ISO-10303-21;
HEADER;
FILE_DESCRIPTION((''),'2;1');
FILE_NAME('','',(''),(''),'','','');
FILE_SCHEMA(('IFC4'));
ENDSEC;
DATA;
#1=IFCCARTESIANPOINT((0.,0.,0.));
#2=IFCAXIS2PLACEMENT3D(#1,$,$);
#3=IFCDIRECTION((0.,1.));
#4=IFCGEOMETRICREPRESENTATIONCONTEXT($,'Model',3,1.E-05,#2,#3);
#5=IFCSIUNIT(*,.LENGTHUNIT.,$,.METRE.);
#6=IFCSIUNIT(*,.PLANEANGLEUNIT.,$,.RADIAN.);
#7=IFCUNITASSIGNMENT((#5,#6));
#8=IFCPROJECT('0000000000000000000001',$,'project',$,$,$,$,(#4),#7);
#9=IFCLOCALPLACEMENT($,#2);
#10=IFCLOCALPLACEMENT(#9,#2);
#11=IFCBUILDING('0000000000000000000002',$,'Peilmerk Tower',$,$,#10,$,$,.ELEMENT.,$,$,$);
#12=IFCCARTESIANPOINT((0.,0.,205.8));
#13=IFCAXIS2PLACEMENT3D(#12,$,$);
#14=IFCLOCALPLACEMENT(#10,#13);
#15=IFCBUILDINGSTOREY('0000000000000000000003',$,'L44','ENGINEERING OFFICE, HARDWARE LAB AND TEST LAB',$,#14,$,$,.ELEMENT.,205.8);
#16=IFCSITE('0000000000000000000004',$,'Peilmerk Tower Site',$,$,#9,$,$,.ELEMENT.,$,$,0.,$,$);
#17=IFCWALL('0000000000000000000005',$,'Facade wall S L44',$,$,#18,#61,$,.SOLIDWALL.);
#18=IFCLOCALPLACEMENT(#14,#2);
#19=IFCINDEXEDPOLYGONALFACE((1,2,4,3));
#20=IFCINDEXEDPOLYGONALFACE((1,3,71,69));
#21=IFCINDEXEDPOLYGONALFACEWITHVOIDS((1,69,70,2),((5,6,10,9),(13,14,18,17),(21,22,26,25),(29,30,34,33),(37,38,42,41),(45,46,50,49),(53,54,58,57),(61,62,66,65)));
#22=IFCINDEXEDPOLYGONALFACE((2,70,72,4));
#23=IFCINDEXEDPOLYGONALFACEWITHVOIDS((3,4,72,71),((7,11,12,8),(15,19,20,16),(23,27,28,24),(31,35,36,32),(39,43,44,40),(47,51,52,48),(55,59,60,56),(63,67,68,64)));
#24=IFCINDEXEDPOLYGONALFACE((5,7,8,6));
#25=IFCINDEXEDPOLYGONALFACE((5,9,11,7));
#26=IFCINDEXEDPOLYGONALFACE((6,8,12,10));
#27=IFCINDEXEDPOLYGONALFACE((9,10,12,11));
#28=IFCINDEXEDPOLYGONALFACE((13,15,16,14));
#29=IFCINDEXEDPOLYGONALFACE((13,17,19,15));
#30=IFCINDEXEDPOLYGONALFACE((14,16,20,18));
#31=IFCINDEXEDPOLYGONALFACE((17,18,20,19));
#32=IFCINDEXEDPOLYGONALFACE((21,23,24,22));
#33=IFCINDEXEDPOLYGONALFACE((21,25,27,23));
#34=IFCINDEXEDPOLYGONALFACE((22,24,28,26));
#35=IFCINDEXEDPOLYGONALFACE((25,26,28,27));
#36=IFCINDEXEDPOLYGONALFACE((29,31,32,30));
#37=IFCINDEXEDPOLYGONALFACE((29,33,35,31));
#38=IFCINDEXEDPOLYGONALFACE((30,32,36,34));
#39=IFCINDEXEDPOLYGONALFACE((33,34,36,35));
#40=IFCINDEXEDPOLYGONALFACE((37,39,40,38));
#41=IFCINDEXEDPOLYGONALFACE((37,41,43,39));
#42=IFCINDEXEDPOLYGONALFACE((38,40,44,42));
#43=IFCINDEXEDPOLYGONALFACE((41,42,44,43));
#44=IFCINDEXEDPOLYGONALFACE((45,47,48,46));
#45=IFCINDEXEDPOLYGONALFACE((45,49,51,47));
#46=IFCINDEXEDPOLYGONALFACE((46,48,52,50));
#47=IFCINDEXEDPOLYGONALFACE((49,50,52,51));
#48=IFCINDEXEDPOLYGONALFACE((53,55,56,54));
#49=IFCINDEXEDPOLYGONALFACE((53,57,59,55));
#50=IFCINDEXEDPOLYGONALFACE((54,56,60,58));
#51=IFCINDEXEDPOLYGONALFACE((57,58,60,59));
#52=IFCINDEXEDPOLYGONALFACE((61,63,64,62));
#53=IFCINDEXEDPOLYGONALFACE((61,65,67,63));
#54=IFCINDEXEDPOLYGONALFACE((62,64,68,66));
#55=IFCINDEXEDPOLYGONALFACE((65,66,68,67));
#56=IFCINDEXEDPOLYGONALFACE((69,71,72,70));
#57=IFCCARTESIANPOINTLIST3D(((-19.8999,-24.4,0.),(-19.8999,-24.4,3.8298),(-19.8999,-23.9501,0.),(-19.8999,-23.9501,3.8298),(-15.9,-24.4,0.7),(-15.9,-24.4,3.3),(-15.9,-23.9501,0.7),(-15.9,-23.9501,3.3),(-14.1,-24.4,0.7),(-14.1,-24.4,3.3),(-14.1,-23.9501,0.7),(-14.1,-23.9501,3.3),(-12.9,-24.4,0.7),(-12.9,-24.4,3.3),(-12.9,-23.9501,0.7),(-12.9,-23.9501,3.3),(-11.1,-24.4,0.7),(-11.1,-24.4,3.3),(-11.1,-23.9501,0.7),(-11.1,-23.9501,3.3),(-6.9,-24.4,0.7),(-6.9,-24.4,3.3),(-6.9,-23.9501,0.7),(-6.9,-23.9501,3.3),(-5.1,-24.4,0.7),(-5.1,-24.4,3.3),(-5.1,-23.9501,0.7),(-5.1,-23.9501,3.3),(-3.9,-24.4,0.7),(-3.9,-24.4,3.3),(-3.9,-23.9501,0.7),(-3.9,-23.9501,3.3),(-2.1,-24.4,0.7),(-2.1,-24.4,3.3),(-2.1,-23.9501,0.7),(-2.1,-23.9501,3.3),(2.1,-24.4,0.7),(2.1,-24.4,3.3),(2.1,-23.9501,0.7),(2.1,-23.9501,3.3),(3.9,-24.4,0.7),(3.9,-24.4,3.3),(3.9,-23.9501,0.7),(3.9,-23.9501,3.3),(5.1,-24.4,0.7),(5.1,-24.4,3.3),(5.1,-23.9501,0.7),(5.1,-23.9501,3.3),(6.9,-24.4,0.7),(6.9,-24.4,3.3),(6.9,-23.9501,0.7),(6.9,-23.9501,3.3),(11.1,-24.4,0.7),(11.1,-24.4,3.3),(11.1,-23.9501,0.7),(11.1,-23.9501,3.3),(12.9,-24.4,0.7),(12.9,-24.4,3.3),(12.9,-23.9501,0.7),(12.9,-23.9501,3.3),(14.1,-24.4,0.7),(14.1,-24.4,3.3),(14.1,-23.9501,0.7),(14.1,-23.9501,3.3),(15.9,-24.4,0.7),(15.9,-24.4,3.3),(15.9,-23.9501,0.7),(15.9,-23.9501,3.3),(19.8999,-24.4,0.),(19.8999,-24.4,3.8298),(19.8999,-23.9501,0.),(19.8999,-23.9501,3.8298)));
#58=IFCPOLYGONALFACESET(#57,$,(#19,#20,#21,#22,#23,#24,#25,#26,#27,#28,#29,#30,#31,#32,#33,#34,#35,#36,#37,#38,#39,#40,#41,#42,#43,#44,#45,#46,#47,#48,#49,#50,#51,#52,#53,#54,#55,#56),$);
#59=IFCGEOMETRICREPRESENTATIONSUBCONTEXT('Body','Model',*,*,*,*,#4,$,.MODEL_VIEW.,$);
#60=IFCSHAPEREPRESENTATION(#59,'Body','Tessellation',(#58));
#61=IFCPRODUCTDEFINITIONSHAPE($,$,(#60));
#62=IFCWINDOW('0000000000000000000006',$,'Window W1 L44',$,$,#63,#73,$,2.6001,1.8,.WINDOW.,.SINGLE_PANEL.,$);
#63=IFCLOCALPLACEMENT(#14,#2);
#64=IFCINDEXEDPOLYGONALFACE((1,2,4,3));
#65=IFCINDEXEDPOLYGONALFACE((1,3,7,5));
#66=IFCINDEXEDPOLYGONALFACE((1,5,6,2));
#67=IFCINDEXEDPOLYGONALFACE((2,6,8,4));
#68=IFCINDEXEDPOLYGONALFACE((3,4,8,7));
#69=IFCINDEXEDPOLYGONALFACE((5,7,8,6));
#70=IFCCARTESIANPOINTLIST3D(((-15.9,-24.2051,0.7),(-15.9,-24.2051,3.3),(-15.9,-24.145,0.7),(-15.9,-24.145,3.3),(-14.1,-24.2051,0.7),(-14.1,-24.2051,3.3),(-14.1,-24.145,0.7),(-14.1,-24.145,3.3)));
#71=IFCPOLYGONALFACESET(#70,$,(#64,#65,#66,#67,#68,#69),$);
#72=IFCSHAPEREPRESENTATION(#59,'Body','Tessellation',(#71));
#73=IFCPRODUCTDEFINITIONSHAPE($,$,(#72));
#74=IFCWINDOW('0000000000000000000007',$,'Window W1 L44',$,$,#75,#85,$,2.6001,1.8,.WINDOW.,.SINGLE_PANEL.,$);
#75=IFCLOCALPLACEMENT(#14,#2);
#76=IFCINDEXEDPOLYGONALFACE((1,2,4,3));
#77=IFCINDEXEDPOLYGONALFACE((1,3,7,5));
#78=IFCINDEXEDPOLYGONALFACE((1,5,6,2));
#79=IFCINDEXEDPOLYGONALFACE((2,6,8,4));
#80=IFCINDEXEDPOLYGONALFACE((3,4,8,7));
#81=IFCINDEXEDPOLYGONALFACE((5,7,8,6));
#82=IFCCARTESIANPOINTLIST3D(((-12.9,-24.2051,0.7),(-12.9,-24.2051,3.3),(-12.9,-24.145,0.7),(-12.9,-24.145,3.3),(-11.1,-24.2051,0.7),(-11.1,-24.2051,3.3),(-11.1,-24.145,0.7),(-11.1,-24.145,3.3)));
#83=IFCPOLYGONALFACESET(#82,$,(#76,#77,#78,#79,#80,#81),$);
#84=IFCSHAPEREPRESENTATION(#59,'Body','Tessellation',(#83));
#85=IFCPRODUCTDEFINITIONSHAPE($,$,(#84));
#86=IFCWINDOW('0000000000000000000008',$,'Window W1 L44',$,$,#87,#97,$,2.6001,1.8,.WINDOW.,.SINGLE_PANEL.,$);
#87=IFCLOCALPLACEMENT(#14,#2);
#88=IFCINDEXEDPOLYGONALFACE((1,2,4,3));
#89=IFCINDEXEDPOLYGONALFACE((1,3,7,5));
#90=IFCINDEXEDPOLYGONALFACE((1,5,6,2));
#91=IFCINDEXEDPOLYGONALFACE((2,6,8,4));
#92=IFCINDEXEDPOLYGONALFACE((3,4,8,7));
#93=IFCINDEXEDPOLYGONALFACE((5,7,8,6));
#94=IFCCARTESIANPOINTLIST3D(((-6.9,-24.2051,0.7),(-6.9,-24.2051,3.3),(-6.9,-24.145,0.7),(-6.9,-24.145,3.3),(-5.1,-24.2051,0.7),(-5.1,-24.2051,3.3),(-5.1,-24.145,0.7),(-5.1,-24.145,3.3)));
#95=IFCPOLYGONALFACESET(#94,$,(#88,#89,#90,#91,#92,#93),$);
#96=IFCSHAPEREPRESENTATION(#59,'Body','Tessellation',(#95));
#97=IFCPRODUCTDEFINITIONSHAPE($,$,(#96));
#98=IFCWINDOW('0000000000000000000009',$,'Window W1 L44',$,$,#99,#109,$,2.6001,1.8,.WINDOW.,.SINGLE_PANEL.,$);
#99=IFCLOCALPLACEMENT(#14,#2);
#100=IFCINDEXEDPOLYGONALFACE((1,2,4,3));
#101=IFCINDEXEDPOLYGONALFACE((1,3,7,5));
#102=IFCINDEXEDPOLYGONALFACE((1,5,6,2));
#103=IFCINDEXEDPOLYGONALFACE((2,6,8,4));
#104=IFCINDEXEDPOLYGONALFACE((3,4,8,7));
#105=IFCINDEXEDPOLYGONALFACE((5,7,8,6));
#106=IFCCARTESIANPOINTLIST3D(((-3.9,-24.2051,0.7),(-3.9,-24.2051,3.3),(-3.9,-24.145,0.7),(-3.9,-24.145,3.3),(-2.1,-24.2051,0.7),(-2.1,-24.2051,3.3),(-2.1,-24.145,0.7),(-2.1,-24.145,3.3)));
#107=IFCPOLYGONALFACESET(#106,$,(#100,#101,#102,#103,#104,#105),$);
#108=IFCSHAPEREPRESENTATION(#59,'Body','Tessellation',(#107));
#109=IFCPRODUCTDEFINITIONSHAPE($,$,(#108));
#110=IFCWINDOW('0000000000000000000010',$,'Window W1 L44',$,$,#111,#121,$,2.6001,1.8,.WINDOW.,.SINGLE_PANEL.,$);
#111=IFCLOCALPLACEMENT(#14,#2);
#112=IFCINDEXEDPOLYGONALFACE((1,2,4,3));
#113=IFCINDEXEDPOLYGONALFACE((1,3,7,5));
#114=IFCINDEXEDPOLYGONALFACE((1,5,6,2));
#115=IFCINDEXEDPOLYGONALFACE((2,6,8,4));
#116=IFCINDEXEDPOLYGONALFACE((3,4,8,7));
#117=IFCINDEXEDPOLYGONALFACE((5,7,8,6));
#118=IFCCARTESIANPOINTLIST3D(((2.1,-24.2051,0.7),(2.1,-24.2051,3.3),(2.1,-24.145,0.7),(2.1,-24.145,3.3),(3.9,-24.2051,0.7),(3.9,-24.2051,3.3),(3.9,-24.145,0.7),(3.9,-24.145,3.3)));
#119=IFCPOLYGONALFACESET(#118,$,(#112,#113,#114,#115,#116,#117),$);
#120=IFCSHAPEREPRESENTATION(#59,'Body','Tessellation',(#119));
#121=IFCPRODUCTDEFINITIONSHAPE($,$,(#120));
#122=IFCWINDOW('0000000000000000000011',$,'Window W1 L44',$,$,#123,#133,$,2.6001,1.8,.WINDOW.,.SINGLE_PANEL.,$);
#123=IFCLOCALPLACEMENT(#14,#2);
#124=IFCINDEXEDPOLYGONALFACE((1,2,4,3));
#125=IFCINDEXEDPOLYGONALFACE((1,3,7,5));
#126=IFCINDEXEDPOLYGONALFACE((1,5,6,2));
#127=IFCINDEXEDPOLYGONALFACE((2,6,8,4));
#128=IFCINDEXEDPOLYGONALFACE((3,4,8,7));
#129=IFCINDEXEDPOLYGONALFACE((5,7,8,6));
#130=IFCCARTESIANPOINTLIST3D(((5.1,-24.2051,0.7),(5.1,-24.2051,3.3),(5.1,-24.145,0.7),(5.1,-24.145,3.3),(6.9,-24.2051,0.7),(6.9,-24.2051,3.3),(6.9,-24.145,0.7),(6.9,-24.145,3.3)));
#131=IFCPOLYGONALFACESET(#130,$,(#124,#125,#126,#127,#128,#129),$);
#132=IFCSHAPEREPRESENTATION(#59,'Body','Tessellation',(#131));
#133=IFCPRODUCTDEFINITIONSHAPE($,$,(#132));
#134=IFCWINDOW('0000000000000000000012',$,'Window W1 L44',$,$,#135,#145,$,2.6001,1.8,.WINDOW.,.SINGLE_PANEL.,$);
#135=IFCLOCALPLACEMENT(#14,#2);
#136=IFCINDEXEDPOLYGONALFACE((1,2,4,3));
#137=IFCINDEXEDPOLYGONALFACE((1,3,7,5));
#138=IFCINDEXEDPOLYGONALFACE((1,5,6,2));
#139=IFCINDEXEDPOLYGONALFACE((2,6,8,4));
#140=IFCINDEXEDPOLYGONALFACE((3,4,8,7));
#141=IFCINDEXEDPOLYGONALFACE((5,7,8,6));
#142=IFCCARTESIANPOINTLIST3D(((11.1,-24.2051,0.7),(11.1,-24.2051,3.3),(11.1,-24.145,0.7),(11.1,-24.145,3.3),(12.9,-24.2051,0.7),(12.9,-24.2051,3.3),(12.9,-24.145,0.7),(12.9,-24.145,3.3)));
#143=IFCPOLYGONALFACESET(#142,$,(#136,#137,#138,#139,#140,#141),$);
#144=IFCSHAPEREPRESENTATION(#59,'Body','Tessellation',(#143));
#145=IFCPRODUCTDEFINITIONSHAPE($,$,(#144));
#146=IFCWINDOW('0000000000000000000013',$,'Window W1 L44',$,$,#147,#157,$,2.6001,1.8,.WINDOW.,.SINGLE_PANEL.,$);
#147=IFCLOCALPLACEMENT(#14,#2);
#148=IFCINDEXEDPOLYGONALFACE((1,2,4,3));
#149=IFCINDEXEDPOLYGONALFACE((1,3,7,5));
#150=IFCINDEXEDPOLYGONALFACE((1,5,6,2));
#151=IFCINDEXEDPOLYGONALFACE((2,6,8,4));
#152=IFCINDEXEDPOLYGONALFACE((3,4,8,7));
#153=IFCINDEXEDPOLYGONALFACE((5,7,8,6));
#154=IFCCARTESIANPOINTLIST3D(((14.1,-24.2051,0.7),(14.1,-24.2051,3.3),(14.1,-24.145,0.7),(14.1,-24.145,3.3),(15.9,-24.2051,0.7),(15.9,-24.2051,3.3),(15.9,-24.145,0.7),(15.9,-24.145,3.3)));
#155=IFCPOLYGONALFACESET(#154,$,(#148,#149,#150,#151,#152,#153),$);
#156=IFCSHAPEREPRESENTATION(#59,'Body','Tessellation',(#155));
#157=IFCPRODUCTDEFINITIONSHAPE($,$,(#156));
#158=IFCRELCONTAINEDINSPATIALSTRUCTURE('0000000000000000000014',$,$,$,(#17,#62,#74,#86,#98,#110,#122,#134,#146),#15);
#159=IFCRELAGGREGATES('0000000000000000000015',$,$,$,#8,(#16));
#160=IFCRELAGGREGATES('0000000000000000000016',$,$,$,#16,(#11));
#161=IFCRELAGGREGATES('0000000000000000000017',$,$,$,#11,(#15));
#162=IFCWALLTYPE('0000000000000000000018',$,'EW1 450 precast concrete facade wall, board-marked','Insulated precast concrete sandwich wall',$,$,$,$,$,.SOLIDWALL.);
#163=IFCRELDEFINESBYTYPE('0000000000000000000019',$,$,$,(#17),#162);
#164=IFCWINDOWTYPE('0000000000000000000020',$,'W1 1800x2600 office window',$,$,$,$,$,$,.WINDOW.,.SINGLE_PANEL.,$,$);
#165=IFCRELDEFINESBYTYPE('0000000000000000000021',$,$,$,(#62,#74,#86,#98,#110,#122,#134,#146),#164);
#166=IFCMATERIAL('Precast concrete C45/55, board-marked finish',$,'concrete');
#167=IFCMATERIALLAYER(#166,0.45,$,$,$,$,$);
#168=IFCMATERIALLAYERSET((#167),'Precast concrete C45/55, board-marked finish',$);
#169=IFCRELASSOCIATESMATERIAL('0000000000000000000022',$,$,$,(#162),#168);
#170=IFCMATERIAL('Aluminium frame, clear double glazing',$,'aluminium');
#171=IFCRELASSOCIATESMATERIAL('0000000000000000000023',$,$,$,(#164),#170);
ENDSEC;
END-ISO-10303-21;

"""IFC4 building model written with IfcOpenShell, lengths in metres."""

from ifc_helpers import new_model, si_unit, direction, frame, frame_2d, origin, place, context, subcontext, project, spatial, rectangle, extrude, material, layer, layer_set, type_object, element, fill, save


model = new_model("IFC4")

# Units and contexts
model_context = context("Model", 3, precision=1e-05, world=origin(), true_north=direction((0.0, 1.0)))
body_context = subcontext(model_context, "Body", "Model", "MODEL_VIEW")
ifc_project = project(units=[si_unit("LENGTHUNIT", "METRE"), si_unit("PLANEANGLEUNIT", "RADIAN")], contexts=[model_context])

# Site, building, storey
site_placement = place(None, origin())
site = spatial("IfcSite", under=ifc_project, at=site_placement, Name="Peilmerk Tower Site", CompositionType="ELEMENT", RefElevation=0.0)
building_placement = place(site_placement, origin())
building = spatial("IfcBuilding", under=site, at=building_placement, Name="Peilmerk Tower", CompositionType="ELEMENT")
storey_placement = place(building_placement, frame((0.0, 0.0, 205.8)))
storey = spatial("IfcBuildingStorey", under=building, at=storey_placement, Name="L44", Description="ENGINEERING OFFICE, HARDWARE LAB AND TEST LAB", CompositionType="ELEMENT", Elevation=205.8)

# Wall, openings, windows
ifc_material_1 = material(Name="Precast concrete C45/55, board-marked finish", Category="concrete")
ifc_layer_1 = layer(ifc_material_1, 0.45)
ifc_layer_set_1 = layer_set([ifc_layer_1], Name="Precast concrete C45/55, board-marked finish")
wall_type = type_object("IfcWallType", Name="EW1 450 precast concrete facade wall, board-marked", Description="Insulated precast concrete sandwich wall", PredefinedType="SOLIDWALL", material=ifc_layer_set_1)
wall_placement = place(storey_placement, frame((-19.8999, -24.175, 0.0), z_axis=(0.0, 0.0, 1.0), x_axis=(1.0, 0.0, 0.0)))
wall = element("IfcWall", 1, at=wall_placement, inside=storey, type_object=wall_type, Name="Facade wall S L44", PredefinedType="SOLIDWALL", context=body_context, shape_type="SweptSolid", body=[
    extrude(rectangle(XDim=39.7998, YDim=0.45, at=frame_2d((19.8999, 0.0))), origin(), (0.0, 0.0, 1.0), 3.8298),
])
opening_1_placement = place(wall_placement, frame((4.0, 0.0, 0.7)))
opening_1 = element("IfcOpeningElement", 2, at=opening_1_placement, cuts=wall, PredefinedType="OPENING", context=body_context, shape_type="SweptSolid", body=[
    extrude(rectangle(XDim=1.8, YDim=2.6001, at=frame_2d((0.8999, 1.3))), frame((0.0, 0.2349, 0.0), z_axis=(0.0, -1.0, 0.0), x_axis=(1.0, 0.0, 0.0)), (0.0, 0.0, 1.0), 0.47),
])
opening_2_placement = place(wall_placement, frame((7.0, 0.0, 0.7)))
opening_2 = element("IfcOpeningElement", 3, at=opening_2_placement, cuts=wall, PredefinedType="OPENING", context=body_context, shape_type="SweptSolid", body=[
    extrude(rectangle(XDim=1.8, YDim=2.6001, at=frame_2d((0.8999, 1.3))), frame((0.0, 0.2349, 0.0), z_axis=(0.0, -1.0, 0.0), x_axis=(1.0, 0.0, 0.0)), (0.0, 0.0, 1.0), 0.47),
])
opening_3_placement = place(wall_placement, frame((13.0, 0.0, 0.7)))
opening_3 = element("IfcOpeningElement", 4, at=opening_3_placement, cuts=wall, PredefinedType="OPENING", context=body_context, shape_type="SweptSolid", body=[
    extrude(rectangle(XDim=1.8, YDim=2.6001, at=frame_2d((0.8999, 1.3))), frame((0.0, 0.2349, 0.0), z_axis=(0.0, -1.0, 0.0), x_axis=(1.0, 0.0, 0.0)), (0.0, 0.0, 1.0), 0.47),
])
opening_4_placement = place(wall_placement, frame((16.0, 0.0, 0.7)))
opening_4 = element("IfcOpeningElement", 5, at=opening_4_placement, cuts=wall, PredefinedType="OPENING", context=body_context, shape_type="SweptSolid", body=[
    extrude(rectangle(XDim=1.8, YDim=2.6001, at=frame_2d((0.8999, 1.3))), frame((0.0, 0.2349, 0.0), z_axis=(0.0, -1.0, 0.0), x_axis=(1.0, 0.0, 0.0)), (0.0, 0.0, 1.0), 0.47),
])
opening_5_placement = place(wall_placement, frame((22.0, 0.0, 0.7)))
opening_5 = element("IfcOpeningElement", 6, at=opening_5_placement, cuts=wall, PredefinedType="OPENING", context=body_context, shape_type="SweptSolid", body=[
    extrude(rectangle(XDim=1.8, YDim=2.6001, at=frame_2d((0.8999, 1.3))), frame((0.0, 0.2349, 0.0), z_axis=(0.0, -1.0, 0.0), x_axis=(1.0, 0.0, 0.0)), (0.0, 0.0, 1.0), 0.47),
])
opening_6_placement = place(wall_placement, frame((25.0, 0.0, 0.7)))
opening_6 = element("IfcOpeningElement", 7, at=opening_6_placement, cuts=wall, PredefinedType="OPENING", context=body_context, shape_type="SweptSolid", body=[
    extrude(rectangle(XDim=1.8, YDim=2.6001, at=frame_2d((0.8999, 1.3))), frame((0.0, 0.2349, 0.0), z_axis=(0.0, -1.0, 0.0), x_axis=(1.0, 0.0, 0.0)), (0.0, 0.0, 1.0), 0.47),
])
opening_7_placement = place(wall_placement, frame((31.0, 0.0, 0.7)))
opening_7 = element("IfcOpeningElement", 8, at=opening_7_placement, cuts=wall, PredefinedType="OPENING", context=body_context, shape_type="SweptSolid", body=[
    extrude(rectangle(XDim=1.8, YDim=2.6001, at=frame_2d((0.8999, 1.3))), frame((0.0, 0.2349, 0.0), z_axis=(0.0, -1.0, 0.0), x_axis=(1.0, 0.0, 0.0)), (0.0, 0.0, 1.0), 0.47),
])
opening_8_placement = place(wall_placement, frame((34.0, 0.0, 0.7)))
opening_8 = element("IfcOpeningElement", 9, at=opening_8_placement, cuts=wall, PredefinedType="OPENING", context=body_context, shape_type="SweptSolid", body=[
    extrude(rectangle(XDim=1.8, YDim=2.6001, at=frame_2d((0.8999, 1.3))), frame((0.0, 0.2349, 0.0), z_axis=(0.0, -1.0, 0.0), x_axis=(1.0, 0.0, 0.0)), (0.0, 0.0, 1.0), 0.47),
])
ifc_material_2 = material(Name="Aluminium frame, clear double glazing", Category="aluminium")
window_type = type_object("IfcWindowType", Name="W1 1800x2600 office window", PartitioningType="SINGLE_PANEL", PredefinedType="WINDOW", material=ifc_material_2)
window_1_placement = place(opening_1_placement, origin())
window_1 = element("IfcWindow", 10, at=window_1_placement, inside=storey, type_object=window_type, Name="Window W1 L44", OverallHeight=2.6001, OverallWidth=1.8, PartitioningType="SINGLE_PANEL", PredefinedType="WINDOW", context=body_context, shape_type="SweptSolid", body=[
    extrude(rectangle(XDim=1.8, YDim=2.6001, at=frame_2d((0.8999, 1.3))), frame((0.0, 0.03, 0.0), z_axis=(0.0, -1.0, 0.0), x_axis=(1.0, 0.0, 0.0)), (0.0, 0.0, 1.0), 0.0601),
])
fill(opening_1, window_1)
window_2_placement = place(opening_2_placement, origin())
window_2 = element("IfcWindow", 11, at=window_2_placement, inside=storey, type_object=window_type, Name="Window W1 L44", OverallHeight=2.6001, OverallWidth=1.8, PartitioningType="SINGLE_PANEL", PredefinedType="WINDOW", context=body_context, shape_type="SweptSolid", body=[
    extrude(rectangle(XDim=1.8, YDim=2.6001, at=frame_2d((0.8999, 1.3))), frame((0.0, 0.03, 0.0), z_axis=(0.0, -1.0, 0.0), x_axis=(1.0, 0.0, 0.0)), (0.0, 0.0, 1.0), 0.0601),
])
fill(opening_2, window_2)
window_3_placement = place(opening_3_placement, origin())
window_3 = element("IfcWindow", 12, at=window_3_placement, inside=storey, type_object=window_type, Name="Window W1 L44", OverallHeight=2.6001, OverallWidth=1.8, PartitioningType="SINGLE_PANEL", PredefinedType="WINDOW", context=body_context, shape_type="SweptSolid", body=[
    extrude(rectangle(XDim=1.8, YDim=2.6001, at=frame_2d((0.8999, 1.3))), frame((0.0, 0.03, 0.0), z_axis=(0.0, -1.0, 0.0), x_axis=(1.0, 0.0, 0.0)), (0.0, 0.0, 1.0), 0.0601),
])
fill(opening_3, window_3)
window_4_placement = place(opening_4_placement, origin())
window_4 = element("IfcWindow", 13, at=window_4_placement, inside=storey, type_object=window_type, Name="Window W1 L44", OverallHeight=2.6001, OverallWidth=1.8, PartitioningType="SINGLE_PANEL", PredefinedType="WINDOW", context=body_context, shape_type="SweptSolid", body=[
    extrude(rectangle(XDim=1.8, YDim=2.6001, at=frame_2d((0.8999, 1.3))), frame((0.0, 0.03, 0.0), z_axis=(0.0, -1.0, 0.0), x_axis=(1.0, 0.0, 0.0)), (0.0, 0.0, 1.0), 0.0601),
])
fill(opening_4, window_4)
window_5_placement = place(opening_5_placement, origin())
window_5 = element("IfcWindow", 14, at=window_5_placement, inside=storey, type_object=window_type, Name="Window W1 L44", OverallHeight=2.6001, OverallWidth=1.8, PartitioningType="SINGLE_PANEL", PredefinedType="WINDOW", context=body_context, shape_type="SweptSolid", body=[
    extrude(rectangle(XDim=1.8, YDim=2.6001, at=frame_2d((0.8999, 1.3))), frame((0.0, 0.03, 0.0), z_axis=(0.0, -1.0, 0.0), x_axis=(1.0, 0.0, 0.0)), (0.0, 0.0, 1.0), 0.0601),
])
fill(opening_5, window_5)
window_6_placement = place(opening_6_placement, origin())
window_6 = element("IfcWindow", 15, at=window_6_placement, inside=storey, type_object=window_type, Name="Window W1 L44", OverallHeight=2.6001, OverallWidth=1.8, PartitioningType="SINGLE_PANEL", PredefinedType="WINDOW", context=body_context, shape_type="SweptSolid", body=[
    extrude(rectangle(XDim=1.8, YDim=2.6001, at=frame_2d((0.8999, 1.3))), frame((0.0, 0.03, 0.0), z_axis=(0.0, -1.0, 0.0), x_axis=(1.0, 0.0, 0.0)), (0.0, 0.0, 1.0), 0.0601),
])
fill(opening_6, window_6)
window_7_placement = place(opening_7_placement, origin())
window_7 = element("IfcWindow", 16, at=window_7_placement, inside=storey, type_object=window_type, Name="Window W1 L44", OverallHeight=2.6001, OverallWidth=1.8, PartitioningType="SINGLE_PANEL", PredefinedType="WINDOW", context=body_context, shape_type="SweptSolid", body=[
    extrude(rectangle(XDim=1.8, YDim=2.6001, at=frame_2d((0.8999, 1.3))), frame((0.0, 0.03, 0.0), z_axis=(0.0, -1.0, 0.0), x_axis=(1.0, 0.0, 0.0)), (0.0, 0.0, 1.0), 0.0601),
])
fill(opening_7, window_7)
window_8_placement = place(opening_8_placement, origin())
window_8 = element("IfcWindow", 17, at=window_8_placement, inside=storey, type_object=window_type, Name="Window W1 L44", OverallHeight=2.6001, OverallWidth=1.8, PartitioningType="SINGLE_PANEL", PredefinedType="WINDOW", context=body_context, shape_type="SweptSolid", body=[
    extrude(rectangle(XDim=1.8, YDim=2.6001, at=frame_2d((0.8999, 1.3))), frame((0.0, 0.03, 0.0), z_axis=(0.0, -1.0, 0.0), x_axis=(1.0, 0.0, 0.0)), (0.0, 0.0, 1.0), 0.0601),
])
fill(opening_8, window_8)

save(model, "model.ifc")
